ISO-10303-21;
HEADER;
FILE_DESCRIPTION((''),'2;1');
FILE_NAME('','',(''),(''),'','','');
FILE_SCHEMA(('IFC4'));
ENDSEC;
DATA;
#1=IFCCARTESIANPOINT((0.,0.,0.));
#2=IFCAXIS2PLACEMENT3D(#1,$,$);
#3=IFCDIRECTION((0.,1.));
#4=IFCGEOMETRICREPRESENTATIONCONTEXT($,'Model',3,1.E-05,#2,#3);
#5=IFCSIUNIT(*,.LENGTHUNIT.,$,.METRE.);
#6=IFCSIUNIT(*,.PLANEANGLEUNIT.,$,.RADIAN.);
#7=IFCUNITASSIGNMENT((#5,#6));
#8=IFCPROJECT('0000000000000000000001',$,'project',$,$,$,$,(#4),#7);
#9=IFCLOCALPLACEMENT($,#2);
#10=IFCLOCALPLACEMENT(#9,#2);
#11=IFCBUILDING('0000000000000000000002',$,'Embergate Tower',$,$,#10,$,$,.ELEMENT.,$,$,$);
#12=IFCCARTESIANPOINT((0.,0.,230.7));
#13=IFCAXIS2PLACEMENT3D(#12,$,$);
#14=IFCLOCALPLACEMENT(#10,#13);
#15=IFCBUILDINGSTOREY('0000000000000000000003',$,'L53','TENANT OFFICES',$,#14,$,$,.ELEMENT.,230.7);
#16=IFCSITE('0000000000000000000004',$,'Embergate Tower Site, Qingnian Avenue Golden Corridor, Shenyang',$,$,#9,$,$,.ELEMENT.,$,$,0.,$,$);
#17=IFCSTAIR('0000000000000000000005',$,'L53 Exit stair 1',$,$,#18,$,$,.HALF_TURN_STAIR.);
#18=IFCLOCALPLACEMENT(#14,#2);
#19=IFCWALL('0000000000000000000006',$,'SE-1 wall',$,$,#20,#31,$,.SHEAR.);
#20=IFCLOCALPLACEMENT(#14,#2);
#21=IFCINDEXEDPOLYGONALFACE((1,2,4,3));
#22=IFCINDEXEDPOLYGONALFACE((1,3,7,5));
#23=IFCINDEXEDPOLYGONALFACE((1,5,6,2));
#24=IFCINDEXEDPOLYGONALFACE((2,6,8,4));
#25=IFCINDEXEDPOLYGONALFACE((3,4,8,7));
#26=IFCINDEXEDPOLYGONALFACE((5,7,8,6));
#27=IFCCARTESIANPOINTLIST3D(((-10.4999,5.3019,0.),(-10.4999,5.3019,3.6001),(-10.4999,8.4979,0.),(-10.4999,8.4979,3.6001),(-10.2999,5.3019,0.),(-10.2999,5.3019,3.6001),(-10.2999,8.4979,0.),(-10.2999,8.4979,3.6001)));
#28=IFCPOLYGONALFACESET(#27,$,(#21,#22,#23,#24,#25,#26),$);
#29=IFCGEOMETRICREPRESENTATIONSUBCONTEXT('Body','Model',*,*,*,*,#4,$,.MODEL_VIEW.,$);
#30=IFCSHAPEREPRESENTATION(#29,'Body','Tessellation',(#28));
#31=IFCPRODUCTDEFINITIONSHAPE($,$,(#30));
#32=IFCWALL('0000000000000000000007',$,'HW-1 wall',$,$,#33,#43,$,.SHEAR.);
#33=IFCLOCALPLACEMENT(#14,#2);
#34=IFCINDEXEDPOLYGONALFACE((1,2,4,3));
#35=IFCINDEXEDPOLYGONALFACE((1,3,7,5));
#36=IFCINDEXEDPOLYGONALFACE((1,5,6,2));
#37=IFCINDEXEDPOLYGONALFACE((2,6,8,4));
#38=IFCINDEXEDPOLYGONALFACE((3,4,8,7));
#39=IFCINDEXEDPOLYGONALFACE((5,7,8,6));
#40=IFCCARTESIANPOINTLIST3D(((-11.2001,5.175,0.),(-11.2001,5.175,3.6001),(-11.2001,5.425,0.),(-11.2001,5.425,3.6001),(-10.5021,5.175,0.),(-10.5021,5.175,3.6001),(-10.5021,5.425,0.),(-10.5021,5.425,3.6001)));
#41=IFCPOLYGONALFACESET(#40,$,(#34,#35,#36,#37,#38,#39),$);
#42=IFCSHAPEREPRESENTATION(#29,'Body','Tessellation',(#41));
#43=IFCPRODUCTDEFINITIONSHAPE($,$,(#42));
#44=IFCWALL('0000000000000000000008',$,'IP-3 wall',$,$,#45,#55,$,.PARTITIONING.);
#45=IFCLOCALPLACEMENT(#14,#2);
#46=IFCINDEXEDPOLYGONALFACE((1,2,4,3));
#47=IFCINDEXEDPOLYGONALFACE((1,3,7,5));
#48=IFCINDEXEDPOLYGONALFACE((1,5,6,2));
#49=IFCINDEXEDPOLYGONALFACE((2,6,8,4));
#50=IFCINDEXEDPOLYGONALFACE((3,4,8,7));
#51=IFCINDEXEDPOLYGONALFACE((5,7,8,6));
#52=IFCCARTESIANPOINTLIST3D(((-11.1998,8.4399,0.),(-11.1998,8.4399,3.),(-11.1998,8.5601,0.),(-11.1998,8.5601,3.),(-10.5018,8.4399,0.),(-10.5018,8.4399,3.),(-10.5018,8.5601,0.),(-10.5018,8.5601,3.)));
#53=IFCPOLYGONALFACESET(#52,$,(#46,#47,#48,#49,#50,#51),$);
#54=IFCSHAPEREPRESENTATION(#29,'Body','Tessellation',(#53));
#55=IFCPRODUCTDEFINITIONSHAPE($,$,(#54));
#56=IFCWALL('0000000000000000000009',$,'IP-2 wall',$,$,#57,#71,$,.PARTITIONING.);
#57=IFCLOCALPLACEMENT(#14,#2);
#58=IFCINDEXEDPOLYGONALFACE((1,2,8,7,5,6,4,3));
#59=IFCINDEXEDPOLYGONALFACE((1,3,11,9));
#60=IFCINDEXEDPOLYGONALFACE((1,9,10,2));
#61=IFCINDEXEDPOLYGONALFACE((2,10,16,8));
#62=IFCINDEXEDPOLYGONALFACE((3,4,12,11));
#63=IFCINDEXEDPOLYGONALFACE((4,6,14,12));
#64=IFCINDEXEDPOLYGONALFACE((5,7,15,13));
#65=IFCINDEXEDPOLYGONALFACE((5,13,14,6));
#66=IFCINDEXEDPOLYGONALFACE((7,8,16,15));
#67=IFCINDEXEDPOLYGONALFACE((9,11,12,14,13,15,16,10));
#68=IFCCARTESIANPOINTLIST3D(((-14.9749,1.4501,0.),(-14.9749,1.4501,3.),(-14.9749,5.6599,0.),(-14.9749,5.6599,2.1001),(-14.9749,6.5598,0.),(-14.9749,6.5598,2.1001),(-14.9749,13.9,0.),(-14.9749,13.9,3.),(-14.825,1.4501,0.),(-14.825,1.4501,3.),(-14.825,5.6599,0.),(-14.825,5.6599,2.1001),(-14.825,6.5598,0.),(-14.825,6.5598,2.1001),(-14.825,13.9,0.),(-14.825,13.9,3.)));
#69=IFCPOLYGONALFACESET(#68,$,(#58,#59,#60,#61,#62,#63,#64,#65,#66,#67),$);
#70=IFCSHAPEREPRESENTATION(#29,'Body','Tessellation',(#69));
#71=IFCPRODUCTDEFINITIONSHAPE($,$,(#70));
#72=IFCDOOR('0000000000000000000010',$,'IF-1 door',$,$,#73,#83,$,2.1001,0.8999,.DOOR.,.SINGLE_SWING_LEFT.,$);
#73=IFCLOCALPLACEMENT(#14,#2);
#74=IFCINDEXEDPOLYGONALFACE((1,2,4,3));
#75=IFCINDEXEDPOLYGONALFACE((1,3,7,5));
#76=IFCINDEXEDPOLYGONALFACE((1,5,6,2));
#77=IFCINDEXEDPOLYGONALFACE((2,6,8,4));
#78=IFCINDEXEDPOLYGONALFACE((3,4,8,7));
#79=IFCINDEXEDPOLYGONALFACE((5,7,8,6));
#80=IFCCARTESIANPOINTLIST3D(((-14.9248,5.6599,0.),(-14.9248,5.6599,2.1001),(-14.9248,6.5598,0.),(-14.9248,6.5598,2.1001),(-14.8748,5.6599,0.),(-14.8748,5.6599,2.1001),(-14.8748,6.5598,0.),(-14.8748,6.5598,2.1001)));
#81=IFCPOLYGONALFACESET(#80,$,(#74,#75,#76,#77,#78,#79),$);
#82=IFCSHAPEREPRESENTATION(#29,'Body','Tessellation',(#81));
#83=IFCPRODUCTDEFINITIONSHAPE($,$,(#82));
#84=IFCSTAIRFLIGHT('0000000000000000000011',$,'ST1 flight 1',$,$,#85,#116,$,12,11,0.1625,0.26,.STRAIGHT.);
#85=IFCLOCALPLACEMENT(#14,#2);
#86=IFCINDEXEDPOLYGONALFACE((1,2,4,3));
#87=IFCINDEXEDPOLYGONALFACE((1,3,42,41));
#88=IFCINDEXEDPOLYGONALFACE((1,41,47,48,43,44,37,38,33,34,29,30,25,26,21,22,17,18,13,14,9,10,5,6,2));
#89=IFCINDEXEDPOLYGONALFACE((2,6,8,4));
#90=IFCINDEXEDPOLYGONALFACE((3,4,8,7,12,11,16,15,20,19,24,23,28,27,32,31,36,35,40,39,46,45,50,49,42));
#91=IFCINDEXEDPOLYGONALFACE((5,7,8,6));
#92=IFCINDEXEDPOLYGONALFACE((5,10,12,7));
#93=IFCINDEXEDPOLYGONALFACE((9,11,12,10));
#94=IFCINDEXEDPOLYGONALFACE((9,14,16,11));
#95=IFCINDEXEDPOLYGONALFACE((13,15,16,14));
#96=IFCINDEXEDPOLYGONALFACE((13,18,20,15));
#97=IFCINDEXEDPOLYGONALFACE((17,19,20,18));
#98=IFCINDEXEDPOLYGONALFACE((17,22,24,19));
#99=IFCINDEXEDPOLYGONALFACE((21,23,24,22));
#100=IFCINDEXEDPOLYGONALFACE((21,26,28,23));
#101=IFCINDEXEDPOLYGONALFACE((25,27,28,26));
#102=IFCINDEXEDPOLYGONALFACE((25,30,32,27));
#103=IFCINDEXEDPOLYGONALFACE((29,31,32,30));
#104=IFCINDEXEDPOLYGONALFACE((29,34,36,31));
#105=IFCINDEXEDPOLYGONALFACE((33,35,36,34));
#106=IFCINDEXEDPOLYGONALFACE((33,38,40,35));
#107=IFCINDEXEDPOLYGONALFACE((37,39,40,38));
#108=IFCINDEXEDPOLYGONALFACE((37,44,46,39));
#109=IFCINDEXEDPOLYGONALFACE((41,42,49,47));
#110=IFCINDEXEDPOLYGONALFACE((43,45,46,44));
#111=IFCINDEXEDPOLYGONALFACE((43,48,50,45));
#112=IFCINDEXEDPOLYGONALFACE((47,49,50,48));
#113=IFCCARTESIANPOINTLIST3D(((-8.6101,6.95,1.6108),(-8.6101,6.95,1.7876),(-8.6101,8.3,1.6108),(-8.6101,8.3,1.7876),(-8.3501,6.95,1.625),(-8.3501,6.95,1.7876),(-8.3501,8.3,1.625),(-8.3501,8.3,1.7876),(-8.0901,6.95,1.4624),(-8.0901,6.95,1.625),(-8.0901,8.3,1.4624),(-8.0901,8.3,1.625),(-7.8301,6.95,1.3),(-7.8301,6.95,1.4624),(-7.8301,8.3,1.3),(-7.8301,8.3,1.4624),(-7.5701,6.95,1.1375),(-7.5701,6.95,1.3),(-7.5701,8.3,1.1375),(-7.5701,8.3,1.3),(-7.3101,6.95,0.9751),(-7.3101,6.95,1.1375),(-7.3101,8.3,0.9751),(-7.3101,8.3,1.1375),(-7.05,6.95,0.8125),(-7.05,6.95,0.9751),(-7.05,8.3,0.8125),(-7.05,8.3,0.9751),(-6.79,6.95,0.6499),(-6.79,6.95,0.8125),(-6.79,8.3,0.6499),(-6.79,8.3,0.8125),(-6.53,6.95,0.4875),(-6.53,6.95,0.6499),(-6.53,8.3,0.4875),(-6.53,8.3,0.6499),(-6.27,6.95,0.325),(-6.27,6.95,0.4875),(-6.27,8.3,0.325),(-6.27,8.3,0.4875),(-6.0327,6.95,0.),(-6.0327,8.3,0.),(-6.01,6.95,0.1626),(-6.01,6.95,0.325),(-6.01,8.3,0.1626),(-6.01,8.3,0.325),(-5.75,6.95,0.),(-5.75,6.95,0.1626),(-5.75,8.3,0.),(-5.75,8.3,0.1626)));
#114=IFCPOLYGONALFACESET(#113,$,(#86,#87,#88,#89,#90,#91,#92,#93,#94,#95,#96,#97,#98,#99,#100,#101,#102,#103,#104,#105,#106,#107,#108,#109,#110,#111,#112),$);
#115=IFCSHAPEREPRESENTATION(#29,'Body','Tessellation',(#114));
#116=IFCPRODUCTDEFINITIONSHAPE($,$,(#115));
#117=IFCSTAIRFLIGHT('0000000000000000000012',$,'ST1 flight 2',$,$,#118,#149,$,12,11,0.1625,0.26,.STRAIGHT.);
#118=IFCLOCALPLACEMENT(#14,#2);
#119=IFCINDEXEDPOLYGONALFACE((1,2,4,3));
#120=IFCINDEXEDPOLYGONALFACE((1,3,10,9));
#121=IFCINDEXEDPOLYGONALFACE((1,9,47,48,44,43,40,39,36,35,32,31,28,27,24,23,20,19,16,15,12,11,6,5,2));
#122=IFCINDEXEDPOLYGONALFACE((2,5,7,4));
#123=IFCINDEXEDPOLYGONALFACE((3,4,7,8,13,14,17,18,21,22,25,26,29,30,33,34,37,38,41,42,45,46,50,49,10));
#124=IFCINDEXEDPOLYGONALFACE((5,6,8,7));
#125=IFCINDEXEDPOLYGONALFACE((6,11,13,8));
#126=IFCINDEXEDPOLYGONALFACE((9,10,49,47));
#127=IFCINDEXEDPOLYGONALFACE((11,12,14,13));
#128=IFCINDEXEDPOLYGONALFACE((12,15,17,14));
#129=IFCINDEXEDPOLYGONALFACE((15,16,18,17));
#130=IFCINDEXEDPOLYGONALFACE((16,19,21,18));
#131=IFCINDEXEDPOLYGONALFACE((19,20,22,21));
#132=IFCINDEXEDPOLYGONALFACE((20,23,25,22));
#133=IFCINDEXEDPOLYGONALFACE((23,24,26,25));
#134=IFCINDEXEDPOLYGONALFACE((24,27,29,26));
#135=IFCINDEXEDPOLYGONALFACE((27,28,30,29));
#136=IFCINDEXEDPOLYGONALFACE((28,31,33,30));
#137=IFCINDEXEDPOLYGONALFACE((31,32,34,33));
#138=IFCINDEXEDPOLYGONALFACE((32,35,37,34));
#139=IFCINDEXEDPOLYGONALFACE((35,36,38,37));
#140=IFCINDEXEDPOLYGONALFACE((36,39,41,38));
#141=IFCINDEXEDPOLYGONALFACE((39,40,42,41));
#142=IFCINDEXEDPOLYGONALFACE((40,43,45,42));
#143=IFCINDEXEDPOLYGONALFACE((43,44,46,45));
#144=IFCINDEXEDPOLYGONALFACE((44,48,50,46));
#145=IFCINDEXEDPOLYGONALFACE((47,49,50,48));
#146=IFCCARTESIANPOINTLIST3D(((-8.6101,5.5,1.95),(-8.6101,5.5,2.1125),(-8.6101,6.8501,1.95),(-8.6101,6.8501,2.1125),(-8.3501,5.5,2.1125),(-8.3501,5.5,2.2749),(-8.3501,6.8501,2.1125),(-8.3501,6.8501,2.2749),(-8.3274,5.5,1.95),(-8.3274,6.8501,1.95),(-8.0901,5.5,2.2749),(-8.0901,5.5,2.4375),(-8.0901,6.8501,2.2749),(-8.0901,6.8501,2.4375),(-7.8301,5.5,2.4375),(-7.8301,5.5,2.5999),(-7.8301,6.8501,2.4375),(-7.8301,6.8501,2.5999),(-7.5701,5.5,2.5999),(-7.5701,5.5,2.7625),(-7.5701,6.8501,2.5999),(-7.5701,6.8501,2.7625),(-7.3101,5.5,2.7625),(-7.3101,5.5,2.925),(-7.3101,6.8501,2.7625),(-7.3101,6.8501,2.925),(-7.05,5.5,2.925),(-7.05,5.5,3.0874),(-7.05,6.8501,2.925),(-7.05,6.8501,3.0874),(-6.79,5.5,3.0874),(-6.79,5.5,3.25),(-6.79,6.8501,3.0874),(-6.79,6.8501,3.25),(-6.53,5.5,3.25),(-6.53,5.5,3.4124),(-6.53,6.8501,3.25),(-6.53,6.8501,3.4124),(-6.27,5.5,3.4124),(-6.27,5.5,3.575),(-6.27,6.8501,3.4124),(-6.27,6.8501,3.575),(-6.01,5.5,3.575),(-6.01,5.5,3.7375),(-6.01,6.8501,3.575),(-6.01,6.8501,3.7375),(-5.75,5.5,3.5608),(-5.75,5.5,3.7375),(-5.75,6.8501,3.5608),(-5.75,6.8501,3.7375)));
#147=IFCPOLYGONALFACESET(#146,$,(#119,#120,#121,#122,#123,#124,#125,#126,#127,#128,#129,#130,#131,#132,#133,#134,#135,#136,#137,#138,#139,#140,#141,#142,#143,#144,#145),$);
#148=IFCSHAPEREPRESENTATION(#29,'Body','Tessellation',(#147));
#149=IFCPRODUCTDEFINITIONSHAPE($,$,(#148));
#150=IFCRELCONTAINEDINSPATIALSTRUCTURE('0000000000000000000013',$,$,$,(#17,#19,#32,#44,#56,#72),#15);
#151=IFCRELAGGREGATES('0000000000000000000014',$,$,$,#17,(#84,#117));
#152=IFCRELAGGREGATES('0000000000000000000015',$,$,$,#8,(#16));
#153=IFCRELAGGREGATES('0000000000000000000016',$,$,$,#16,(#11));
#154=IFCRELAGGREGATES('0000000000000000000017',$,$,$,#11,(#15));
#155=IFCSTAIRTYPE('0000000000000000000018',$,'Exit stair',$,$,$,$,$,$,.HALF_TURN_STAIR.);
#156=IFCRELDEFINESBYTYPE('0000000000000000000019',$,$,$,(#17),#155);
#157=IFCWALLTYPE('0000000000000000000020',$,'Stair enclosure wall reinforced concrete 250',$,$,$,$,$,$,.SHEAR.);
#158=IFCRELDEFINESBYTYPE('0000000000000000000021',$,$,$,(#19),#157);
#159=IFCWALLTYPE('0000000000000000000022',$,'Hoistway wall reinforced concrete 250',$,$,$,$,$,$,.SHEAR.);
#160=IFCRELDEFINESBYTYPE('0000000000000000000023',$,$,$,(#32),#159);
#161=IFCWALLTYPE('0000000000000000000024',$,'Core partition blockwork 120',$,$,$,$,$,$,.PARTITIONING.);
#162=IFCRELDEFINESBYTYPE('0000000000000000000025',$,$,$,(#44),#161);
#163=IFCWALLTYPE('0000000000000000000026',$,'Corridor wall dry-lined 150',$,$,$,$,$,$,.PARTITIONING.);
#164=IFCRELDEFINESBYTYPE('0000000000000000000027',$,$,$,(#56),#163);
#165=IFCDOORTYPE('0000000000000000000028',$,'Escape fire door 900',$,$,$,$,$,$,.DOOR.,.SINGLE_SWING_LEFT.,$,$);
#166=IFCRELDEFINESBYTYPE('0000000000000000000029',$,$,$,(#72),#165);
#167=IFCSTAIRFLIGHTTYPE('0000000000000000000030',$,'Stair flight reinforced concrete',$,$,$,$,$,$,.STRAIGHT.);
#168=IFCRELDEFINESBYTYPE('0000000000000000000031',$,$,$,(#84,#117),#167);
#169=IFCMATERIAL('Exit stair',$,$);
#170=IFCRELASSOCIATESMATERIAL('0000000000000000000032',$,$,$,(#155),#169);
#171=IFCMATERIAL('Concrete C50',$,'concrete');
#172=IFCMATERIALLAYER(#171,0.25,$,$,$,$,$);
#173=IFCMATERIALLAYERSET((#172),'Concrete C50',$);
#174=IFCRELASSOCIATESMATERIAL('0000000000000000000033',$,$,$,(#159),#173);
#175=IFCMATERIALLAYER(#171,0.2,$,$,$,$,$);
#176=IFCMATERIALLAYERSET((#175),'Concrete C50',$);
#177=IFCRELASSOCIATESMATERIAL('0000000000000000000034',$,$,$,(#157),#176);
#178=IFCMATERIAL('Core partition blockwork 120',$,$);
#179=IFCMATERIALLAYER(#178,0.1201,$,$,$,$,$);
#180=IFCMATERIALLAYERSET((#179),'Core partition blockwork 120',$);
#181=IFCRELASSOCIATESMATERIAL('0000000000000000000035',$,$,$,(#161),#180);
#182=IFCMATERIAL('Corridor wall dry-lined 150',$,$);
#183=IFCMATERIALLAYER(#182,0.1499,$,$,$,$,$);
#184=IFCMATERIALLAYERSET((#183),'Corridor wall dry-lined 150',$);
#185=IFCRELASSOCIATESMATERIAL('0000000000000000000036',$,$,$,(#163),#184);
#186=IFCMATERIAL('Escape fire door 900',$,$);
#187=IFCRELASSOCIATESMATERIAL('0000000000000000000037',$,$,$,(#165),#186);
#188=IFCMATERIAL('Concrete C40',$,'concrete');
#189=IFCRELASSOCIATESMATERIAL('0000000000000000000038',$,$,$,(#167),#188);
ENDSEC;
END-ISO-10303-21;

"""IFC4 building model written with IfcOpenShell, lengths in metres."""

from ifc_helpers import new_model, si_unit, direction, frame, frame_2d, origin, place, context, subcontext, project, spatial, polyline, rectangle, outline, extrude, source, transform, mapped, material, layer, layer_set, type_object, element, fill, aggregate, save


model = new_model("IFC4")

# Units and contexts
model_context = context("Model", 3, precision=1e-05, world=origin(), true_north=direction((0.0, 1.0)))
body_context = subcontext(model_context, "Body", "Model", "MODEL_VIEW")
ifc_project = project(units=[si_unit("LENGTHUNIT", "METRE"), si_unit("PLANEANGLEUNIT", "RADIAN")], contexts=[model_context])

# Site, building, storey
site_placement = place(None, origin())
site = spatial("IfcSite", under=ifc_project, at=site_placement, Name="Embergate Tower Site, Qingnian Avenue Golden Corridor, Shenyang", CompositionType="ELEMENT", RefElevation=0.0)
building_placement = place(site_placement, origin())
building = spatial("IfcBuilding", under=site, at=building_placement, Name="Embergate Tower", CompositionType="ELEMENT")
storey_placement = place(building_placement, frame((0.0, 0.0, 230.7)))
storey = spatial("IfcBuildingStorey", under=building, at=storey_placement, Name="L53", Description="TENANT OFFICES", CompositionType="ELEMENT", Elevation=230.7)

# Stair
ifc_material_1 = material(Name="Exit stair")
stair_type = type_object("IfcStairType", Name="Exit stair", PredefinedType="HALF_TURN_STAIR", material=ifc_material_1)
stair_placement = place(storey_placement, origin())
stair = element("IfcStair", 1, at=stair_placement, inside=storey, type_object=stair_type, Name="L53 Exit stair 1", PredefinedType="HALF_TURN_STAIR")
ifc_material_2 = material(Name="Concrete C40", Category="concrete")

# Shared definitions
ifc_material_3 = material(Name="Concrete C50", Category="concrete")
ifc_layer_1 = layer(ifc_material_3, 0.25)
ifc_layer_set_1 = layer_set([ifc_layer_1], Name="Concrete C50")
wall_type_1 = type_object("IfcWallType", Name="Hoistway wall reinforced concrete 250", PredefinedType="SHEAR", material=ifc_layer_set_1)

# Shared definitions
ifc_layer_2 = layer(ifc_material_3, 0.2)
ifc_layer_set_2 = layer_set([ifc_layer_2], Name="Concrete C50")
wall_type_2 = type_object("IfcWallType", Name="Stair enclosure wall reinforced concrete 250", PredefinedType="SHEAR", material=ifc_layer_set_2)

# Shared definitions
ifc_material_4 = material(Name="Core partition blockwork 120")
ifc_layer_3 = layer(ifc_material_4, 0.1201)
ifc_layer_set_3 = layer_set([ifc_layer_3], Name="Core partition blockwork 120")
wall_type_3 = type_object("IfcWallType", Name="Core partition blockwork 120", PredefinedType="PARTITIONING", material=ifc_layer_set_3)

# Shared definitions
shared_shape_1 = source(origin(), body_context, "Body", "SweptSolid", [
    extrude(rectangle(XDim=0.8999, YDim=2.1001, at=frame_2d((0.45, 1.05))), frame((0.0, 0.0249, 0.0), z_axis=(0.0, -1.0, 0.0), x_axis=(1.0, 0.0, 0.0)), (0.0, 0.0, 1.0), 0.05),
])

# Walls
shared_shape_2 = source(origin(), body_context, "Body", "SweptSolid", [
    extrude(rectangle(XDim=3.196, YDim=0.2, at=frame_2d((1.5981, 0.0))), origin(), (0.0, 0.0, 1.0), 3.6001),
])
wall_1_placement = place(storey_placement, frame((-10.3999, 8.498, 0.0), z_axis=(0.0, 0.0, 1.0), x_axis=(0.0, -1.0, 0.0)))
element("IfcWall", 2, at=wall_1_placement, inside=storey, type_object=wall_type_2, Name="SE-1 wall", PredefinedType="SHEAR", context=body_context, shape_type="MappedRepresentation", body=[
    mapped(shared_shape_2, transform((0.0, 0.0, 0.0))),
])
shared_shape_3 = source(origin(), body_context, "Body", "SweptSolid", [
    extrude(rectangle(XDim=0.698, YDim=0.25, at=frame_2d((0.3491, 0.0))), origin(), (0.0, 0.0, 1.0), 3.6001),
])
wall_2_placement = place(storey_placement, frame((-10.502, 5.3, 0.0), z_axis=(0.0, 0.0, 1.0), x_axis=(-1.0, 0.0, 0.0)))
element("IfcWall", 3, at=wall_2_placement, inside=storey, type_object=wall_type_1, Name="HW-1 wall", PredefinedType="SHEAR", context=body_context, shape_type="MappedRepresentation", body=[
    mapped(shared_shape_3, transform((0.0, 0.0, 0.0))),
])
shared_shape_4 = source(origin(), body_context, "Body", "SweptSolid", [
    extrude(rectangle(XDim=0.698, YDim=0.1201, at=frame_2d((0.3491, 0.0))), origin(), (0.0, 0.0, 1.0), 3.0),
])
wall_3_placement = place(storey_placement, frame((-11.2, 8.5, 0.0), z_axis=(0.0, 0.0, 1.0), x_axis=(1.0, 0.0, 0.0)))
element("IfcWall", 4, at=wall_3_placement, inside=storey, type_object=wall_type_3, Name="IP-3 wall", PredefinedType="PARTITIONING", context=body_context, shape_type="MappedRepresentation", body=[
    mapped(shared_shape_4, transform((0.0, 0.0, 0.0))),
])

# Wall, opening, door
ifc_material_5 = material(Name="Corridor wall dry-lined 150")
ifc_layer_4 = layer(ifc_material_5, 0.1499)
ifc_layer_set_4 = layer_set([ifc_layer_4], Name="Corridor wall dry-lined 150")
wall_type_4 = type_object("IfcWallType", Name="Corridor wall dry-lined 150", PredefinedType="PARTITIONING", material=ifc_layer_set_4)
shared_shape_5 = source(origin(), body_context, "Body", "SweptSolid", [
    extrude(rectangle(XDim=12.45, YDim=0.1499, at=frame_2d((6.2251, 0.0))), origin(), (0.0, 0.0, 1.0), 3.0),
])
wall_4_placement = place(storey_placement, frame((-14.8999, 1.45, 0.0), z_axis=(0.0, 0.0, 1.0), x_axis=(0.0, 1.0, 0.0)))
wall_4 = element("IfcWall", 5, at=wall_4_placement, inside=storey, type_object=wall_type_4, Name="IP-2 wall", PredefinedType="PARTITIONING", context=body_context, shape_type="MappedRepresentation", body=[
    mapped(shared_shape_5, transform((0.0, 0.0, 0.0))),
])
shared_shape_6 = source(origin(), body_context, "Body", "SweptSolid", [
    extrude(rectangle(XDim=0.8999, YDim=2.1001, at=frame_2d((0.45, 1.05))), frame((0.0, 0.085, 0.0), z_axis=(0.0, -1.0, 0.0), x_axis=(1.0, 0.0, 0.0)), (0.0, 0.0, 1.0), 0.1699),
])
opening_1_placement = place(wall_4_placement, frame((4.21, 0.0, 0.0)))
opening_1 = element("IfcOpeningElement", 6, at=opening_1_placement, cuts=wall_4, PredefinedType="OPENING", context=body_context, shape_type="MappedRepresentation", body=[
    mapped(shared_shape_6, transform((0.0, 0.0, 0.0))),
])
ifc_material_6 = material(Name="Escape fire door 900")
door_type_1 = type_object("IfcDoorType", Name="Escape fire door 900", OperationType="SINGLE_SWING_LEFT", PredefinedType="DOOR", material=ifc_material_6)
door_1_placement = place(opening_1_placement, origin())
door_1 = element("IfcDoor", 7, at=door_1_placement, inside=storey, type_object=door_type_1, Name="IF-1 door", OperationType="SINGLE_SWING_LEFT", OverallHeight=2.1001, OverallWidth=0.8999, PredefinedType="DOOR", context=body_context, shape_type="MappedRepresentation", body=[
    mapped(shared_shape_1, transform((0.0, 0.0, 0.0))),
])
fill(opening_1, door_1)

# Stair flights
stair_flight_type = type_object("IfcStairFlightType", Name="Stair flight reinforced concrete", PredefinedType="STRAIGHT", material=ifc_material_2)
shared_shape_7 = source(origin(), body_context, "Body", "SweptSolid", [
    extrude(outline(polyline([(0.0, 0.0), (0.0, 0.1626), (0.26, 0.1626), (0.26, 0.325), (0.52, 0.325), (0.52, 0.4875), (0.78, 0.4875), (0.78, 0.6499), (1.04, 0.6499), (1.04, 0.8125), (1.3, 0.8125), (1.3, 0.9751), (1.5601, 0.9751), (1.5601, 1.1375), (1.8201, 1.1375), (1.8201, 1.3), (2.0801, 1.3), (2.0801, 1.4624), (2.3401, 1.4624), (2.3401, 1.625), (2.6001, 1.625), (2.6001, 1.7876), (2.8601, 1.7876), (2.8601, 1.95), (2.8601, 1.6108), (0.2827, 0.0), (0.0, 0.0)])), frame((0.0, 0.675, 0.0), z_axis=(0.0, -1.0, 0.0), x_axis=(1.0, 0.0, 0.0)), (0.0, 0.0, 1.0), 1.3501),
])
stair_flight_1_placement = place(storey_placement, frame((-5.75, 7.625, 0.0), z_axis=(0.0, 0.0, 1.0), x_axis=(-1.0, 0.0, 0.0)))
stair_flight_1 = element("IfcStairFlight", 8, at=stair_flight_1_placement, type_object=stair_flight_type, Name="ST1 flight 1", NumberOfRisers=12, NumberOfTreads=11, PredefinedType="STRAIGHT", RiserHeight=0.1625, TreadLength=0.26, context=body_context, shape_type="MappedRepresentation", body=[
    mapped(shared_shape_7, transform((0.0, 0.0, 0.0))),
])
stair_flight_2_placement = place(storey_placement, frame((-8.6101, 6.175, 1.95), z_axis=(0.0, 0.0, 1.0), x_axis=(1.0, 0.0, 0.0)))
stair_flight_2 = element("IfcStairFlight", 9, at=stair_flight_2_placement, type_object=stair_flight_type, Name="ST1 flight 2", NumberOfRisers=12, NumberOfTreads=11, PredefinedType="STRAIGHT", RiserHeight=0.1625, TreadLength=0.26, context=body_context, shape_type="MappedRepresentation", body=[
    mapped(shared_shape_7, transform((0.0, 0.0, 0.0))),
])
aggregate(stair, [stair_flight_1, stair_flight_2])

save(model, "model.ifc")
